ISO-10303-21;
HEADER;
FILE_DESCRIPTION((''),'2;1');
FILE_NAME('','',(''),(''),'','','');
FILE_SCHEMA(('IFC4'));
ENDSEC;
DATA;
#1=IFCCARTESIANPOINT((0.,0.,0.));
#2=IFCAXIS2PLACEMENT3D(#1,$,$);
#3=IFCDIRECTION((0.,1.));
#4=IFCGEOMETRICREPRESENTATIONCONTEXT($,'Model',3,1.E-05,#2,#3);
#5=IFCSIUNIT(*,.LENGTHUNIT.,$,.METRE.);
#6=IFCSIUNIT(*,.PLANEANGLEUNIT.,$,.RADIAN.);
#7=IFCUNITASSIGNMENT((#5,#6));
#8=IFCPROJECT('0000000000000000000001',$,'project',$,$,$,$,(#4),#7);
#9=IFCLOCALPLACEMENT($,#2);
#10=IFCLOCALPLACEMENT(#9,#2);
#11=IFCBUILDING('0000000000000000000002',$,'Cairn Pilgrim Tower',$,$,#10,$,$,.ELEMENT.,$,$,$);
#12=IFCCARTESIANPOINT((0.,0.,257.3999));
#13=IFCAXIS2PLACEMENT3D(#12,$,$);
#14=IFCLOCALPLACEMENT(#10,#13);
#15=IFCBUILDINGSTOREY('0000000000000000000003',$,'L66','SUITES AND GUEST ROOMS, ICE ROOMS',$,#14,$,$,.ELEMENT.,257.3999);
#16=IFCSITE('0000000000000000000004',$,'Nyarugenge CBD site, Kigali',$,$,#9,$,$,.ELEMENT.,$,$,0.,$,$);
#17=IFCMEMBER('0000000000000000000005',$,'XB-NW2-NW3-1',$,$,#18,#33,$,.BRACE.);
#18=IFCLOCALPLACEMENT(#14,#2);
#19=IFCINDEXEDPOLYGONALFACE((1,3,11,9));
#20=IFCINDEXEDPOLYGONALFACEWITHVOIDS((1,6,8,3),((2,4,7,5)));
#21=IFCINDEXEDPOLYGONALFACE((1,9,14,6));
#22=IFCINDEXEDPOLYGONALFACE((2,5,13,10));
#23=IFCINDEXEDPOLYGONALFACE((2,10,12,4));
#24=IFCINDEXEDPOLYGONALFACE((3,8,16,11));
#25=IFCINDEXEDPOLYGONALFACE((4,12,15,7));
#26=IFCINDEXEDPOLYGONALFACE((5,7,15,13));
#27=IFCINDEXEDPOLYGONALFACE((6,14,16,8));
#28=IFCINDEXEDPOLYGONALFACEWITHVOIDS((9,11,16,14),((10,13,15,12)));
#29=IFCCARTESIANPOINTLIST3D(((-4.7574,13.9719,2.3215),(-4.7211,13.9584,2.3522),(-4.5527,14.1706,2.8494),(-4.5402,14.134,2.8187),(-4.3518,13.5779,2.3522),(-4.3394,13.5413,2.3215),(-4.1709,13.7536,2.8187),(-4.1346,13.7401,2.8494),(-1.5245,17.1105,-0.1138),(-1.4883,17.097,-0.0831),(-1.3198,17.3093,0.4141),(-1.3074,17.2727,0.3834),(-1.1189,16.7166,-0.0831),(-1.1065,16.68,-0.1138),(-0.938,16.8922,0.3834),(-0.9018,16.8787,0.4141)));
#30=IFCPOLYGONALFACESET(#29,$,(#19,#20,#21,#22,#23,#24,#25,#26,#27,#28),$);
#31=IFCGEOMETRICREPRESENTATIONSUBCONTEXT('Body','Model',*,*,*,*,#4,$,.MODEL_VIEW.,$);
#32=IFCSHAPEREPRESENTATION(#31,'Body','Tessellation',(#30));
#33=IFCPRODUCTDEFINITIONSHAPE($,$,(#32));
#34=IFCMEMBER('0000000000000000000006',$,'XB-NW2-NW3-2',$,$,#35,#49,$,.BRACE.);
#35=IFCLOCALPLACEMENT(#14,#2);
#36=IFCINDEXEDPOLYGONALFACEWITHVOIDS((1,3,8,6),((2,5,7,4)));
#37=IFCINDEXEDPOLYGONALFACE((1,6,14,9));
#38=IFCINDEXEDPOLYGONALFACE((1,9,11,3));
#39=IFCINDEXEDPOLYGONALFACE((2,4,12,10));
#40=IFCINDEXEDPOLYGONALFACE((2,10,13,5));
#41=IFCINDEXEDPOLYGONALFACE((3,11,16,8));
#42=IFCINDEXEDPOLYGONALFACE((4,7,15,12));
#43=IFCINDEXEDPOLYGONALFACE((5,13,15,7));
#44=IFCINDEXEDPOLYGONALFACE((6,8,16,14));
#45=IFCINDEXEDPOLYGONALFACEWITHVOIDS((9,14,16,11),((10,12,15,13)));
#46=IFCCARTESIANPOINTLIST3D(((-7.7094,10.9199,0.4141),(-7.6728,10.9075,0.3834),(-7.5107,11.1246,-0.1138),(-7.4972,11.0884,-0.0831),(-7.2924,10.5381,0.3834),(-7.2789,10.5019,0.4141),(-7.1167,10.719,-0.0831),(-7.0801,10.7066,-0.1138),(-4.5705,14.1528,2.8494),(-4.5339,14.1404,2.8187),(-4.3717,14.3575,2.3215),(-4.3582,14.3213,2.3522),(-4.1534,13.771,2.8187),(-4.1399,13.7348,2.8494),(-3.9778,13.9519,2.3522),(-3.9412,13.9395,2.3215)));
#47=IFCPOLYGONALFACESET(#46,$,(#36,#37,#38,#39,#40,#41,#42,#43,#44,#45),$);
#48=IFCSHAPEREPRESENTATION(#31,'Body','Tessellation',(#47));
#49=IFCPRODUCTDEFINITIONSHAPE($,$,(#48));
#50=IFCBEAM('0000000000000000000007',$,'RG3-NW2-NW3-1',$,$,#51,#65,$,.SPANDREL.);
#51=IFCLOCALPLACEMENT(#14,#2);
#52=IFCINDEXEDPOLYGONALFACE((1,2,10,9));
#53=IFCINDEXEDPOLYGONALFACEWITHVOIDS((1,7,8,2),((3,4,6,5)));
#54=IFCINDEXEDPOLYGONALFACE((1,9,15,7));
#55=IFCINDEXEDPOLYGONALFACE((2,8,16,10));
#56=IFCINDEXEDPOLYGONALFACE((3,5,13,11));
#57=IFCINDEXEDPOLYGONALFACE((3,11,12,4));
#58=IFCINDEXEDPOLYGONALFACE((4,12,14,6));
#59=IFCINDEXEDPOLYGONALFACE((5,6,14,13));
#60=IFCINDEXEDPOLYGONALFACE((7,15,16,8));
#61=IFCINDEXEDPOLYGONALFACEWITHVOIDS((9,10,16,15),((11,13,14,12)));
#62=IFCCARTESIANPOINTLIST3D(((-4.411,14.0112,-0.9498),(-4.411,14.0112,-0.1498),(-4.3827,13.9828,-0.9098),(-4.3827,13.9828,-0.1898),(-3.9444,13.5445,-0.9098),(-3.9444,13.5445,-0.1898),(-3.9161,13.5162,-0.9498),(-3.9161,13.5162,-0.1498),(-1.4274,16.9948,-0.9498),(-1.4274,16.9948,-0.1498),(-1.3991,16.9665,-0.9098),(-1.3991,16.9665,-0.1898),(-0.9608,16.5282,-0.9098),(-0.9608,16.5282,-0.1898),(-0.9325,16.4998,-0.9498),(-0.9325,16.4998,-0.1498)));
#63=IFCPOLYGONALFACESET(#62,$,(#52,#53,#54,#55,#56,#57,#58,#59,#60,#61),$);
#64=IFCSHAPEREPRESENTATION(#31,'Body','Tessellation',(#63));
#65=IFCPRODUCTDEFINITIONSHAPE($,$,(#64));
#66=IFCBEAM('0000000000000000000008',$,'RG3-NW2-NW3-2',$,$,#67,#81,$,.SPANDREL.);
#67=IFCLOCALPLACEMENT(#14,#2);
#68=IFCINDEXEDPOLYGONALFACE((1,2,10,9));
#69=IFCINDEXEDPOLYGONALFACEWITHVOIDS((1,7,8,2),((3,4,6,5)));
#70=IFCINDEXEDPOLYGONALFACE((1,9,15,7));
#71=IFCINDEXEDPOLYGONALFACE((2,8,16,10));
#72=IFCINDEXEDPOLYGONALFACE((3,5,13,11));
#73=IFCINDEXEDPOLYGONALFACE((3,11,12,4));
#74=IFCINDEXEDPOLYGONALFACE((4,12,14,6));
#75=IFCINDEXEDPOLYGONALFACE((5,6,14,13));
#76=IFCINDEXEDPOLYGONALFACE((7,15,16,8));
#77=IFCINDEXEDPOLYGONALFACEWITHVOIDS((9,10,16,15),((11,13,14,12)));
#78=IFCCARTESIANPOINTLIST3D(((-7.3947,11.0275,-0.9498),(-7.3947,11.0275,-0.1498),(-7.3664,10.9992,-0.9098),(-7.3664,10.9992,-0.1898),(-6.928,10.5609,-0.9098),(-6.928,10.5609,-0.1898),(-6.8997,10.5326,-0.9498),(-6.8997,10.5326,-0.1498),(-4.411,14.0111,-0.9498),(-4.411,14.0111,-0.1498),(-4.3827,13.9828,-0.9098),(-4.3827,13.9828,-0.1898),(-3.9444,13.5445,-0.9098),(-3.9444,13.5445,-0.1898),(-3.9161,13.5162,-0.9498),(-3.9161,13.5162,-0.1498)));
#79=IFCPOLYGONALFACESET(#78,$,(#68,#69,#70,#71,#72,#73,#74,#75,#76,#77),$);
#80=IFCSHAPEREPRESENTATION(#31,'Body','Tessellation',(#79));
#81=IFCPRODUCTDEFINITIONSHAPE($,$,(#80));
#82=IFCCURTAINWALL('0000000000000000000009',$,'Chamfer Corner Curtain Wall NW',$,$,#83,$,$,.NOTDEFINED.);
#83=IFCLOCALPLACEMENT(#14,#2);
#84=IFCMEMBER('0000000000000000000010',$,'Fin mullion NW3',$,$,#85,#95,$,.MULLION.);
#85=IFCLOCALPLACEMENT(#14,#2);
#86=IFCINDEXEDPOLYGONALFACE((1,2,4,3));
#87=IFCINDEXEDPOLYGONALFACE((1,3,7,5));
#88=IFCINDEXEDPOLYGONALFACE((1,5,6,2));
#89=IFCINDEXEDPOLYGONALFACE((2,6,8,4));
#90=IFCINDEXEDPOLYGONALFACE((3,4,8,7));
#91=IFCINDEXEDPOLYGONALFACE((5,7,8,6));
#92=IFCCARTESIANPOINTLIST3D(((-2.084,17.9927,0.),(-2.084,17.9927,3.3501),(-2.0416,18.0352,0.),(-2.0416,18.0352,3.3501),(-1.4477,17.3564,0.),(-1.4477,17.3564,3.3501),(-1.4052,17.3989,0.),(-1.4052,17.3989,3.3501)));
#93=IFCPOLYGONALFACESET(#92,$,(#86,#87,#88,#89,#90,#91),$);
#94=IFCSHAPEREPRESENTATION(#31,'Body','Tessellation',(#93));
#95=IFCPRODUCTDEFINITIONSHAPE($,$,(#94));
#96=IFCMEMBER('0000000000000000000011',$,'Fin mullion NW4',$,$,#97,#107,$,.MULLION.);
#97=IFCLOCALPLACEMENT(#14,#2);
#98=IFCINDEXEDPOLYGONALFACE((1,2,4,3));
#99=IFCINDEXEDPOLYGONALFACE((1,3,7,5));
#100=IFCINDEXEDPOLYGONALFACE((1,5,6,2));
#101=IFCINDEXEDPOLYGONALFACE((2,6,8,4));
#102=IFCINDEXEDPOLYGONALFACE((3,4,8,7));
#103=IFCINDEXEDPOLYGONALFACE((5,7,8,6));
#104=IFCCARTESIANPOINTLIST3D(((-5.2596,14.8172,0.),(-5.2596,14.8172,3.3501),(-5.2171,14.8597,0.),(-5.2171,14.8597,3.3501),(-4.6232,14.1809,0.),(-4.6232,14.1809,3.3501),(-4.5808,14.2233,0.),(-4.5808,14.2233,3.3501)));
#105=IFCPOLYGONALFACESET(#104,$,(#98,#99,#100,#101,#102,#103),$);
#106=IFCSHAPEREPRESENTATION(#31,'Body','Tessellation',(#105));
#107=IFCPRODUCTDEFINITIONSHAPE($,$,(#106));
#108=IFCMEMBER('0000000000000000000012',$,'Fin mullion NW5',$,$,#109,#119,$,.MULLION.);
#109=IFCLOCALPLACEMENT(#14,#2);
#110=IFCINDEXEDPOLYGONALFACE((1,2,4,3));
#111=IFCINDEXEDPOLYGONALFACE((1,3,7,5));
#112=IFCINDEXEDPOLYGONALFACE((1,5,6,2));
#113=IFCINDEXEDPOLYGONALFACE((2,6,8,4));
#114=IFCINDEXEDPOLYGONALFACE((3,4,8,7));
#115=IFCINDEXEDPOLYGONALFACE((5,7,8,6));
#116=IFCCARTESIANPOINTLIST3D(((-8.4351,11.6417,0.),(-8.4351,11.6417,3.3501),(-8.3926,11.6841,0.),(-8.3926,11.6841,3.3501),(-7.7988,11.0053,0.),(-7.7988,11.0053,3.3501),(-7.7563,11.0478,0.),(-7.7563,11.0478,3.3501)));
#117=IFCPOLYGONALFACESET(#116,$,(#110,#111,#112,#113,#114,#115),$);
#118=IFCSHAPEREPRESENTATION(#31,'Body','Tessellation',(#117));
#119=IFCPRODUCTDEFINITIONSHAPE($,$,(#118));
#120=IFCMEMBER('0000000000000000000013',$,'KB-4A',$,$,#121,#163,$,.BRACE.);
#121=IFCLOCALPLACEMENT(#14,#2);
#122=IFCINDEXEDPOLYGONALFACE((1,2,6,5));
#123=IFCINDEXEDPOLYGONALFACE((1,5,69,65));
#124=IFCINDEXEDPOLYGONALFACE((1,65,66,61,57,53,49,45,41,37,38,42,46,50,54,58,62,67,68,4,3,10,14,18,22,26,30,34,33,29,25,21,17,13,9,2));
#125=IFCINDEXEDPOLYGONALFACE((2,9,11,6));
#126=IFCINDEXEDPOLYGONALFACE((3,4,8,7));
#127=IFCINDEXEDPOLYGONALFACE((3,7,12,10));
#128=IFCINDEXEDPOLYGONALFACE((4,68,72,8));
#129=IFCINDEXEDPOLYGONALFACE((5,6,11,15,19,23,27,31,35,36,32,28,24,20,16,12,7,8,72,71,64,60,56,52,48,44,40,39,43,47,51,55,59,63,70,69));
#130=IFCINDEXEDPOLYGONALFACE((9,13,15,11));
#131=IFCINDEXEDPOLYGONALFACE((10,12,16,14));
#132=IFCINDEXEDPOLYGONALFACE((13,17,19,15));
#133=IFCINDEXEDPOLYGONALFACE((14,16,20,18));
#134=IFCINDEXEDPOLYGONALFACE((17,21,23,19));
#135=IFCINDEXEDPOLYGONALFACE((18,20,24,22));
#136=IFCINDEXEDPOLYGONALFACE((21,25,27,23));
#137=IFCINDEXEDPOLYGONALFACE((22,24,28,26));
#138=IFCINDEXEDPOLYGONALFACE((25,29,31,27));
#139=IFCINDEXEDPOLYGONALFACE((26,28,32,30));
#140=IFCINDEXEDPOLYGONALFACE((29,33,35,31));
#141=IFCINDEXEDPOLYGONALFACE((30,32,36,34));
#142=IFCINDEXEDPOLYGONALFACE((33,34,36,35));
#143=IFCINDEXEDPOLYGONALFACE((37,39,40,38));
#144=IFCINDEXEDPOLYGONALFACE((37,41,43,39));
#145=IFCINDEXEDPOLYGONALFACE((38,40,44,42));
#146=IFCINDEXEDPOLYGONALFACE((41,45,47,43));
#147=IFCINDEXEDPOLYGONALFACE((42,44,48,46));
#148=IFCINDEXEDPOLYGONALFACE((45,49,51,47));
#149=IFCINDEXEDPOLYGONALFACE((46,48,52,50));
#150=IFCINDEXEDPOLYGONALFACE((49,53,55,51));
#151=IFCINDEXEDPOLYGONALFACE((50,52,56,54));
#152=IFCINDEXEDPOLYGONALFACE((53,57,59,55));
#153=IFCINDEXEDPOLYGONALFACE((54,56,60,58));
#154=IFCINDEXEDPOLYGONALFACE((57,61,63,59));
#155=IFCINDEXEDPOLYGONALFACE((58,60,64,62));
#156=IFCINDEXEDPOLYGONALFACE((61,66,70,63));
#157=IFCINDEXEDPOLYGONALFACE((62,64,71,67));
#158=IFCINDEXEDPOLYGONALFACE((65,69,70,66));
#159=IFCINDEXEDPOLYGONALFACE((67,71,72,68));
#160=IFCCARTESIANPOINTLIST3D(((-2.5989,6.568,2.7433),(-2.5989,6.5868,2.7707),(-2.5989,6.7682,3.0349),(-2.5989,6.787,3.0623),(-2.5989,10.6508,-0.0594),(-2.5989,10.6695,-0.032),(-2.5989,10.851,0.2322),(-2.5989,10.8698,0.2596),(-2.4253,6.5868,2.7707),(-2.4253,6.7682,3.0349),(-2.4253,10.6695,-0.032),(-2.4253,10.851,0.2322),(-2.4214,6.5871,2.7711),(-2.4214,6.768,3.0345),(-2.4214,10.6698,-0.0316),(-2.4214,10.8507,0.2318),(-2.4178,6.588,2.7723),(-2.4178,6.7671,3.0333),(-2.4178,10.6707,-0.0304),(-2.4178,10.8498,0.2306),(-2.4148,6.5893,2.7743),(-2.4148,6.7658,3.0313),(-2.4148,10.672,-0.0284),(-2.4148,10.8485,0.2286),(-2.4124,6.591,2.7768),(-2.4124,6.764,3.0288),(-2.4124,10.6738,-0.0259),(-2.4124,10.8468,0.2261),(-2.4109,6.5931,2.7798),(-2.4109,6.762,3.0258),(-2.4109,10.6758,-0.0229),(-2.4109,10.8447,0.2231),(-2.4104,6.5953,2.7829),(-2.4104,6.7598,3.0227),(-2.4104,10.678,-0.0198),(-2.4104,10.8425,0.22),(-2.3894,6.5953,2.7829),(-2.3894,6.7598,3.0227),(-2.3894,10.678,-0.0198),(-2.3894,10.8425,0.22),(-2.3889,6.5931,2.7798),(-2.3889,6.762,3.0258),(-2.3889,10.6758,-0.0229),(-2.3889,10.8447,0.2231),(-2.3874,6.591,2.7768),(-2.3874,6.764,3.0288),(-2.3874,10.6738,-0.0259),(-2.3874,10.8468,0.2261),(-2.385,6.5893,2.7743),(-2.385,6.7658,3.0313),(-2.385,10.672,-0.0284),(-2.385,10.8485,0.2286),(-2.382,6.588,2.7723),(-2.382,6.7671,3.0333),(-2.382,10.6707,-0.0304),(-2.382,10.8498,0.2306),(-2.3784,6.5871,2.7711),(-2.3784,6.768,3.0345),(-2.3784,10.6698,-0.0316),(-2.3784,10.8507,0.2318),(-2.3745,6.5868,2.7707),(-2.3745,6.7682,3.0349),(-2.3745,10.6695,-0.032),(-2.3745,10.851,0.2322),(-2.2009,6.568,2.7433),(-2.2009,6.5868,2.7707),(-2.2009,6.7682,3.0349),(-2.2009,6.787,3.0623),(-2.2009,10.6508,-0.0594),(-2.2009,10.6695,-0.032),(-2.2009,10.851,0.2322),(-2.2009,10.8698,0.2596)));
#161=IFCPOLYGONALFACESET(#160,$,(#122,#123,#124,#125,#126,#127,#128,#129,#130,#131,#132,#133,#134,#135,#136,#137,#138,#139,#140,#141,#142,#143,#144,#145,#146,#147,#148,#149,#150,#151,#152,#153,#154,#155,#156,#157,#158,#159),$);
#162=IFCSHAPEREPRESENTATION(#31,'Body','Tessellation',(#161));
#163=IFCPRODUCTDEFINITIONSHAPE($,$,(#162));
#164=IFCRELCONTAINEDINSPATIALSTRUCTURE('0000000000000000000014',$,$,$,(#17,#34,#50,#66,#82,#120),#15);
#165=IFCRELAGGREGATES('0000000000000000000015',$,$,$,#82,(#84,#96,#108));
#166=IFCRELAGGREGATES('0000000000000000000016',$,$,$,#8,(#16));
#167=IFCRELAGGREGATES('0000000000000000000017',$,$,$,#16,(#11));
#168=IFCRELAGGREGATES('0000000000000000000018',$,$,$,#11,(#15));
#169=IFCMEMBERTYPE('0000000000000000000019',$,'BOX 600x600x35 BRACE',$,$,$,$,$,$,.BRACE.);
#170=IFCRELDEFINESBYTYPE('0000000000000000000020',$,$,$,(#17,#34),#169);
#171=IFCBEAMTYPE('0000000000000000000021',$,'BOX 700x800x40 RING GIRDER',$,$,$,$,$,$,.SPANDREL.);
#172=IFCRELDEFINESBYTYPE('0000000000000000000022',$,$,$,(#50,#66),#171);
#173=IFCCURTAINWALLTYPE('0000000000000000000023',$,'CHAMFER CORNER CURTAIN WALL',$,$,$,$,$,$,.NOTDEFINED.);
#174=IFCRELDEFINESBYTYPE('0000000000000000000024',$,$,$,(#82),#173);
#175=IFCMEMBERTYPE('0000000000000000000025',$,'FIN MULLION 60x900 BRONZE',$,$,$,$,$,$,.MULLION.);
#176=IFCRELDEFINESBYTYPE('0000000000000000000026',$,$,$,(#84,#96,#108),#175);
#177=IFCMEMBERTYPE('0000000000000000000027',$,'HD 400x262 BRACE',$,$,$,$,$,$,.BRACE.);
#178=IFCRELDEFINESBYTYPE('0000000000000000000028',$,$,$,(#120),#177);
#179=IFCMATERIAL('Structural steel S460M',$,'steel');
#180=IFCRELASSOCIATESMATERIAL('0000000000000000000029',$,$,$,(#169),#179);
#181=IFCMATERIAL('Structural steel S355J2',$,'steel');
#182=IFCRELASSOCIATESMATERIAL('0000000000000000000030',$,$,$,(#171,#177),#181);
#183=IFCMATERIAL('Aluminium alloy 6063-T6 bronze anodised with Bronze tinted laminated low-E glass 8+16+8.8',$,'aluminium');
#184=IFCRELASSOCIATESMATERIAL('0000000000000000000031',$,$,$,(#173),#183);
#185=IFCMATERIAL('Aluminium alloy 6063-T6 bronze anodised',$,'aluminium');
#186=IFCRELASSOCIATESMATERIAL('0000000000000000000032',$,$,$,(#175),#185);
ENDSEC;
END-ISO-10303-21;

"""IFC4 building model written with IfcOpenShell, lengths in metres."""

from ifc_helpers import new_model, si_unit, direction, frame, origin, origin_2d, place, context, subcontext, project, spatial, rectangle, hollow_rectangle, i_section, extrude, material, material_profile, profile_set, type_object, element, aggregate, save


model = new_model("IFC4")

# Units and contexts
model_context = context("Model", 3, precision=1e-05, world=origin(), true_north=direction((0.0, 1.0)))
body_context = subcontext(model_context, "Body", "Model", "MODEL_VIEW")
ifc_project = project(units=[si_unit("LENGTHUNIT", "METRE"), si_unit("PLANEANGLEUNIT", "RADIAN")], contexts=[model_context])

# Site, building, storey
site_placement = place(None, origin())
site = spatial("IfcSite", under=ifc_project, at=site_placement, Name="Nyarugenge CBD site, Kigali", CompositionType="ELEMENT", RefElevation=0.0)
building_placement = place(site_placement, origin())
building = spatial("IfcBuilding", under=site, at=building_placement, Name="Cairn Pilgrim Tower", CompositionType="ELEMENT")
storey_placement = place(building_placement, frame((0.0, 0.0, 257.3999)))
storey = spatial("IfcBuildingStorey", under=building, at=storey_placement, Name="L66", Description="SUITES AND GUEST ROOMS, ICE ROOMS", CompositionType="ELEMENT", Elevation=257.3999)

# Shared definitions
ifc_material_1 = material(Name="Structural steel S355J2", Category="steel")
ifc_material_2 = material(Name="Structural steel S460M", Category="steel")

# Members
ifc_material_profile_1 = material_profile(ifc_material_2, hollow_rectangle(XDim=0.6001, YDim=0.6001, WallThickness=0.0349, at=origin_2d()), Name="BOX 600x600x35")
ifc_profile_set_1 = profile_set([ifc_material_profile_1], Name="Structural steel S460M")
member_type_1 = type_object("IfcMemberType", Name="BOX 600x600x35 BRACE", PredefinedType="BRACE", material=ifc_profile_set_1)
member_1_placement = place(storey_placement, frame((-1.2131, 16.9946, 0.1501), z_axis=(-0.631196, -0.612797, 0.47547), x_axis=(0.696572, -0.717487, 0.0)))
element("IfcMember", 1, at=member_1_placement, inside=storey, type_object=member_type_1, Name="XB-NW2-NW3-1", PredefinedType="BRACE", context=body_context, shape_type="SweptSolid", body=[
    extrude(hollow_rectangle(XDim=0.6001, YDim=0.6001, WallThickness=0.0349, at=origin_2d()), origin(), (0.0, 0.0, 1.0), 5.1218),
])
member_2_placement = place(storey_placement, frame((-7.3948, 10.8132, 0.1501), z_axis=(0.612826, 0.631177, 0.475456), x_axis=(-0.71746, 0.6966, 0.0)))
element("IfcMember", 2, at=member_2_placement, inside=storey, type_object=member_type_1, Name="XB-NW2-NW3-2", PredefinedType="BRACE", context=body_context, shape_type="SweptSolid", body=[
    extrude(hollow_rectangle(XDim=0.6001, YDim=0.6001, WallThickness=0.0349, at=origin_2d()), origin(), (0.0, 0.0, 1.0), 5.1221),
])

# Beams
ifc_material_profile_2 = material_profile(ifc_material_1, hollow_rectangle(XDim=0.7, YDim=0.8, WallThickness=0.04, at=origin_2d()), Name="BOX 700x800x40")
ifc_profile_set_2 = profile_set([ifc_material_profile_2], Name="Structural steel S355J2")
beam_type_1 = type_object("IfcBeamType", Name="BOX 700x800x40 RING GIRDER", PredefinedType="SPANDREL", material=ifc_profile_set_2)
for number, where, z_axis, x_axis, name in (
    (3, (-1.1799, 16.7473, -0.5498), (-0.707107, -0.707107, 0.0), (0.707107, -0.707107, 0.0), "RG3-NW2-NW3-1"),
    (4, (-4.1636, 13.7637, -0.5498), (-0.707107, -0.707107, 0.0), (0.707107, -0.707107, 0.0), "RG3-NW2-NW3-2"),
):
    element("IfcBeam", number, at=place(storey_placement, frame(where, z_axis=z_axis, x_axis=x_axis)), inside=storey, type_object=beam_type_1, Name=name, PredefinedType="SPANDREL", context=body_context, shape_type="SweptSolid", body=[
        extrude(hollow_rectangle(XDim=0.7, YDim=0.8, WallThickness=0.04, at=origin_2d()), origin(), (0.0, 0.0, 1.0), 4.2195),
    ])

# Curtain wall, members
ifc_material_3 = material(Name="Aluminium alloy 6063-T6 bronze anodised with Bronze tinted laminated low-E glass 8+16+8.8", Category="aluminium")
curtain_wall_type = type_object("IfcCurtainWallType", Name="CHAMFER CORNER CURTAIN WALL", PredefinedType="NOTDEFINED", material=ifc_material_3)
curtain_wall_placement = place(storey_placement, origin())
curtain_wall = element("IfcCurtainWall", 5, at=curtain_wall_placement, inside=storey, type_object=curtain_wall_type, Name="Chamfer Corner Curtain Wall NW", PredefinedType="NOTDEFINED")
ifc_material_4 = material(Name="Aluminium alloy 6063-T6 bronze anodised", Category="aluminium")
ifc_material_profile_3 = material_profile(ifc_material_4, rectangle(XDim=0.8999, YDim=0.0601, at=origin_2d()), Name="FIN MULLION 60x900 BRONZE")
ifc_profile_set_3 = profile_set([ifc_material_profile_3], Name="Aluminium alloy 6063-T6 bronze anodised")
member_type_2 = type_object("IfcMemberType", Name="FIN MULLION 60x900 BRONZE", PredefinedType="MULLION", material=ifc_profile_set_3)
member_3_placement = place(storey_placement, frame((-1.7446, 17.6958, 0.0), z_axis=(0.0, 0.0, 1.0), x_axis=(-0.707107, 0.707107, 0.0)))
member_3 = element("IfcMember", 6, at=member_3_placement, type_object=member_type_2, Name="Fin mullion NW3", PredefinedType="MULLION", context=body_context, shape_type="SweptSolid", body=[
    extrude(rectangle(XDim=0.8999, YDim=0.0601, at=origin_2d()), origin(), (0.0, 0.0, 1.0), 3.3501),
])
member_4_placement = place(storey_placement, frame((-4.9202, 14.5203, 0.0), z_axis=(0.0, 0.0, 1.0), x_axis=(-0.707107, 0.707107, 0.0)))
member_4 = element("IfcMember", 7, at=member_4_placement, type_object=member_type_2, Name="Fin mullion NW4", PredefinedType="MULLION", context=body_context, shape_type="SweptSolid", body=[
    extrude(rectangle(XDim=0.8999, YDim=0.0601, at=origin_2d()), origin(), (0.0, 0.0, 1.0), 3.3501),
])
member_5_placement = place(storey_placement, frame((-8.0957, 11.3447, 0.0), z_axis=(0.0, 0.0, 1.0), x_axis=(-0.707107, 0.707107, 0.0)))
member_5 = element("IfcMember", 8, at=member_5_placement, type_object=member_type_2, Name="Fin mullion NW5", PredefinedType="MULLION", context=body_context, shape_type="SweptSolid", body=[
    extrude(rectangle(XDim=0.8999, YDim=0.0601, at=origin_2d()), origin(), (0.0, 0.0, 1.0), 3.3501),
])

# Member
ifc_material_profile_4 = material_profile(ifc_material_1, i_section(OverallWidth=0.3979, OverallDepth=0.387, WebThickness=0.021, FlangeThickness=0.0332, FilletRadius=0.0149, at=origin_2d()), Name="HD 400x262")
ifc_profile_set_4 = profile_set([ifc_material_profile_4], Name="Structural steel S355J2")
member_type_3 = type_object("IfcMemberType", Name="HD 400x262 BRACE", PredefinedType="BRACE", material=ifc_profile_set_4)
member_6_placement = place(storey_placement, frame((-2.3999, 10.7603, 0.1001), z_axis=(0.0, -0.824434, 0.565957), x_axis=(1.0, 0.0, 0.0)))
element("IfcMember", 9, at=member_6_placement, inside=storey, type_object=member_type_3, Name="KB-4A", PredefinedType="BRACE", context=body_context, shape_type="SweptSolid", body=[
    extrude(i_section(OverallWidth=0.3979, OverallDepth=0.387, WebThickness=0.021, FlangeThickness=0.0332, FilletRadius=0.0149, at=origin_2d()), origin(), (0.0, 0.0, 1.0), 4.9521),
])

aggregate(curtain_wall, [member_3, member_4, member_5])

save(model, "model.ifc")
